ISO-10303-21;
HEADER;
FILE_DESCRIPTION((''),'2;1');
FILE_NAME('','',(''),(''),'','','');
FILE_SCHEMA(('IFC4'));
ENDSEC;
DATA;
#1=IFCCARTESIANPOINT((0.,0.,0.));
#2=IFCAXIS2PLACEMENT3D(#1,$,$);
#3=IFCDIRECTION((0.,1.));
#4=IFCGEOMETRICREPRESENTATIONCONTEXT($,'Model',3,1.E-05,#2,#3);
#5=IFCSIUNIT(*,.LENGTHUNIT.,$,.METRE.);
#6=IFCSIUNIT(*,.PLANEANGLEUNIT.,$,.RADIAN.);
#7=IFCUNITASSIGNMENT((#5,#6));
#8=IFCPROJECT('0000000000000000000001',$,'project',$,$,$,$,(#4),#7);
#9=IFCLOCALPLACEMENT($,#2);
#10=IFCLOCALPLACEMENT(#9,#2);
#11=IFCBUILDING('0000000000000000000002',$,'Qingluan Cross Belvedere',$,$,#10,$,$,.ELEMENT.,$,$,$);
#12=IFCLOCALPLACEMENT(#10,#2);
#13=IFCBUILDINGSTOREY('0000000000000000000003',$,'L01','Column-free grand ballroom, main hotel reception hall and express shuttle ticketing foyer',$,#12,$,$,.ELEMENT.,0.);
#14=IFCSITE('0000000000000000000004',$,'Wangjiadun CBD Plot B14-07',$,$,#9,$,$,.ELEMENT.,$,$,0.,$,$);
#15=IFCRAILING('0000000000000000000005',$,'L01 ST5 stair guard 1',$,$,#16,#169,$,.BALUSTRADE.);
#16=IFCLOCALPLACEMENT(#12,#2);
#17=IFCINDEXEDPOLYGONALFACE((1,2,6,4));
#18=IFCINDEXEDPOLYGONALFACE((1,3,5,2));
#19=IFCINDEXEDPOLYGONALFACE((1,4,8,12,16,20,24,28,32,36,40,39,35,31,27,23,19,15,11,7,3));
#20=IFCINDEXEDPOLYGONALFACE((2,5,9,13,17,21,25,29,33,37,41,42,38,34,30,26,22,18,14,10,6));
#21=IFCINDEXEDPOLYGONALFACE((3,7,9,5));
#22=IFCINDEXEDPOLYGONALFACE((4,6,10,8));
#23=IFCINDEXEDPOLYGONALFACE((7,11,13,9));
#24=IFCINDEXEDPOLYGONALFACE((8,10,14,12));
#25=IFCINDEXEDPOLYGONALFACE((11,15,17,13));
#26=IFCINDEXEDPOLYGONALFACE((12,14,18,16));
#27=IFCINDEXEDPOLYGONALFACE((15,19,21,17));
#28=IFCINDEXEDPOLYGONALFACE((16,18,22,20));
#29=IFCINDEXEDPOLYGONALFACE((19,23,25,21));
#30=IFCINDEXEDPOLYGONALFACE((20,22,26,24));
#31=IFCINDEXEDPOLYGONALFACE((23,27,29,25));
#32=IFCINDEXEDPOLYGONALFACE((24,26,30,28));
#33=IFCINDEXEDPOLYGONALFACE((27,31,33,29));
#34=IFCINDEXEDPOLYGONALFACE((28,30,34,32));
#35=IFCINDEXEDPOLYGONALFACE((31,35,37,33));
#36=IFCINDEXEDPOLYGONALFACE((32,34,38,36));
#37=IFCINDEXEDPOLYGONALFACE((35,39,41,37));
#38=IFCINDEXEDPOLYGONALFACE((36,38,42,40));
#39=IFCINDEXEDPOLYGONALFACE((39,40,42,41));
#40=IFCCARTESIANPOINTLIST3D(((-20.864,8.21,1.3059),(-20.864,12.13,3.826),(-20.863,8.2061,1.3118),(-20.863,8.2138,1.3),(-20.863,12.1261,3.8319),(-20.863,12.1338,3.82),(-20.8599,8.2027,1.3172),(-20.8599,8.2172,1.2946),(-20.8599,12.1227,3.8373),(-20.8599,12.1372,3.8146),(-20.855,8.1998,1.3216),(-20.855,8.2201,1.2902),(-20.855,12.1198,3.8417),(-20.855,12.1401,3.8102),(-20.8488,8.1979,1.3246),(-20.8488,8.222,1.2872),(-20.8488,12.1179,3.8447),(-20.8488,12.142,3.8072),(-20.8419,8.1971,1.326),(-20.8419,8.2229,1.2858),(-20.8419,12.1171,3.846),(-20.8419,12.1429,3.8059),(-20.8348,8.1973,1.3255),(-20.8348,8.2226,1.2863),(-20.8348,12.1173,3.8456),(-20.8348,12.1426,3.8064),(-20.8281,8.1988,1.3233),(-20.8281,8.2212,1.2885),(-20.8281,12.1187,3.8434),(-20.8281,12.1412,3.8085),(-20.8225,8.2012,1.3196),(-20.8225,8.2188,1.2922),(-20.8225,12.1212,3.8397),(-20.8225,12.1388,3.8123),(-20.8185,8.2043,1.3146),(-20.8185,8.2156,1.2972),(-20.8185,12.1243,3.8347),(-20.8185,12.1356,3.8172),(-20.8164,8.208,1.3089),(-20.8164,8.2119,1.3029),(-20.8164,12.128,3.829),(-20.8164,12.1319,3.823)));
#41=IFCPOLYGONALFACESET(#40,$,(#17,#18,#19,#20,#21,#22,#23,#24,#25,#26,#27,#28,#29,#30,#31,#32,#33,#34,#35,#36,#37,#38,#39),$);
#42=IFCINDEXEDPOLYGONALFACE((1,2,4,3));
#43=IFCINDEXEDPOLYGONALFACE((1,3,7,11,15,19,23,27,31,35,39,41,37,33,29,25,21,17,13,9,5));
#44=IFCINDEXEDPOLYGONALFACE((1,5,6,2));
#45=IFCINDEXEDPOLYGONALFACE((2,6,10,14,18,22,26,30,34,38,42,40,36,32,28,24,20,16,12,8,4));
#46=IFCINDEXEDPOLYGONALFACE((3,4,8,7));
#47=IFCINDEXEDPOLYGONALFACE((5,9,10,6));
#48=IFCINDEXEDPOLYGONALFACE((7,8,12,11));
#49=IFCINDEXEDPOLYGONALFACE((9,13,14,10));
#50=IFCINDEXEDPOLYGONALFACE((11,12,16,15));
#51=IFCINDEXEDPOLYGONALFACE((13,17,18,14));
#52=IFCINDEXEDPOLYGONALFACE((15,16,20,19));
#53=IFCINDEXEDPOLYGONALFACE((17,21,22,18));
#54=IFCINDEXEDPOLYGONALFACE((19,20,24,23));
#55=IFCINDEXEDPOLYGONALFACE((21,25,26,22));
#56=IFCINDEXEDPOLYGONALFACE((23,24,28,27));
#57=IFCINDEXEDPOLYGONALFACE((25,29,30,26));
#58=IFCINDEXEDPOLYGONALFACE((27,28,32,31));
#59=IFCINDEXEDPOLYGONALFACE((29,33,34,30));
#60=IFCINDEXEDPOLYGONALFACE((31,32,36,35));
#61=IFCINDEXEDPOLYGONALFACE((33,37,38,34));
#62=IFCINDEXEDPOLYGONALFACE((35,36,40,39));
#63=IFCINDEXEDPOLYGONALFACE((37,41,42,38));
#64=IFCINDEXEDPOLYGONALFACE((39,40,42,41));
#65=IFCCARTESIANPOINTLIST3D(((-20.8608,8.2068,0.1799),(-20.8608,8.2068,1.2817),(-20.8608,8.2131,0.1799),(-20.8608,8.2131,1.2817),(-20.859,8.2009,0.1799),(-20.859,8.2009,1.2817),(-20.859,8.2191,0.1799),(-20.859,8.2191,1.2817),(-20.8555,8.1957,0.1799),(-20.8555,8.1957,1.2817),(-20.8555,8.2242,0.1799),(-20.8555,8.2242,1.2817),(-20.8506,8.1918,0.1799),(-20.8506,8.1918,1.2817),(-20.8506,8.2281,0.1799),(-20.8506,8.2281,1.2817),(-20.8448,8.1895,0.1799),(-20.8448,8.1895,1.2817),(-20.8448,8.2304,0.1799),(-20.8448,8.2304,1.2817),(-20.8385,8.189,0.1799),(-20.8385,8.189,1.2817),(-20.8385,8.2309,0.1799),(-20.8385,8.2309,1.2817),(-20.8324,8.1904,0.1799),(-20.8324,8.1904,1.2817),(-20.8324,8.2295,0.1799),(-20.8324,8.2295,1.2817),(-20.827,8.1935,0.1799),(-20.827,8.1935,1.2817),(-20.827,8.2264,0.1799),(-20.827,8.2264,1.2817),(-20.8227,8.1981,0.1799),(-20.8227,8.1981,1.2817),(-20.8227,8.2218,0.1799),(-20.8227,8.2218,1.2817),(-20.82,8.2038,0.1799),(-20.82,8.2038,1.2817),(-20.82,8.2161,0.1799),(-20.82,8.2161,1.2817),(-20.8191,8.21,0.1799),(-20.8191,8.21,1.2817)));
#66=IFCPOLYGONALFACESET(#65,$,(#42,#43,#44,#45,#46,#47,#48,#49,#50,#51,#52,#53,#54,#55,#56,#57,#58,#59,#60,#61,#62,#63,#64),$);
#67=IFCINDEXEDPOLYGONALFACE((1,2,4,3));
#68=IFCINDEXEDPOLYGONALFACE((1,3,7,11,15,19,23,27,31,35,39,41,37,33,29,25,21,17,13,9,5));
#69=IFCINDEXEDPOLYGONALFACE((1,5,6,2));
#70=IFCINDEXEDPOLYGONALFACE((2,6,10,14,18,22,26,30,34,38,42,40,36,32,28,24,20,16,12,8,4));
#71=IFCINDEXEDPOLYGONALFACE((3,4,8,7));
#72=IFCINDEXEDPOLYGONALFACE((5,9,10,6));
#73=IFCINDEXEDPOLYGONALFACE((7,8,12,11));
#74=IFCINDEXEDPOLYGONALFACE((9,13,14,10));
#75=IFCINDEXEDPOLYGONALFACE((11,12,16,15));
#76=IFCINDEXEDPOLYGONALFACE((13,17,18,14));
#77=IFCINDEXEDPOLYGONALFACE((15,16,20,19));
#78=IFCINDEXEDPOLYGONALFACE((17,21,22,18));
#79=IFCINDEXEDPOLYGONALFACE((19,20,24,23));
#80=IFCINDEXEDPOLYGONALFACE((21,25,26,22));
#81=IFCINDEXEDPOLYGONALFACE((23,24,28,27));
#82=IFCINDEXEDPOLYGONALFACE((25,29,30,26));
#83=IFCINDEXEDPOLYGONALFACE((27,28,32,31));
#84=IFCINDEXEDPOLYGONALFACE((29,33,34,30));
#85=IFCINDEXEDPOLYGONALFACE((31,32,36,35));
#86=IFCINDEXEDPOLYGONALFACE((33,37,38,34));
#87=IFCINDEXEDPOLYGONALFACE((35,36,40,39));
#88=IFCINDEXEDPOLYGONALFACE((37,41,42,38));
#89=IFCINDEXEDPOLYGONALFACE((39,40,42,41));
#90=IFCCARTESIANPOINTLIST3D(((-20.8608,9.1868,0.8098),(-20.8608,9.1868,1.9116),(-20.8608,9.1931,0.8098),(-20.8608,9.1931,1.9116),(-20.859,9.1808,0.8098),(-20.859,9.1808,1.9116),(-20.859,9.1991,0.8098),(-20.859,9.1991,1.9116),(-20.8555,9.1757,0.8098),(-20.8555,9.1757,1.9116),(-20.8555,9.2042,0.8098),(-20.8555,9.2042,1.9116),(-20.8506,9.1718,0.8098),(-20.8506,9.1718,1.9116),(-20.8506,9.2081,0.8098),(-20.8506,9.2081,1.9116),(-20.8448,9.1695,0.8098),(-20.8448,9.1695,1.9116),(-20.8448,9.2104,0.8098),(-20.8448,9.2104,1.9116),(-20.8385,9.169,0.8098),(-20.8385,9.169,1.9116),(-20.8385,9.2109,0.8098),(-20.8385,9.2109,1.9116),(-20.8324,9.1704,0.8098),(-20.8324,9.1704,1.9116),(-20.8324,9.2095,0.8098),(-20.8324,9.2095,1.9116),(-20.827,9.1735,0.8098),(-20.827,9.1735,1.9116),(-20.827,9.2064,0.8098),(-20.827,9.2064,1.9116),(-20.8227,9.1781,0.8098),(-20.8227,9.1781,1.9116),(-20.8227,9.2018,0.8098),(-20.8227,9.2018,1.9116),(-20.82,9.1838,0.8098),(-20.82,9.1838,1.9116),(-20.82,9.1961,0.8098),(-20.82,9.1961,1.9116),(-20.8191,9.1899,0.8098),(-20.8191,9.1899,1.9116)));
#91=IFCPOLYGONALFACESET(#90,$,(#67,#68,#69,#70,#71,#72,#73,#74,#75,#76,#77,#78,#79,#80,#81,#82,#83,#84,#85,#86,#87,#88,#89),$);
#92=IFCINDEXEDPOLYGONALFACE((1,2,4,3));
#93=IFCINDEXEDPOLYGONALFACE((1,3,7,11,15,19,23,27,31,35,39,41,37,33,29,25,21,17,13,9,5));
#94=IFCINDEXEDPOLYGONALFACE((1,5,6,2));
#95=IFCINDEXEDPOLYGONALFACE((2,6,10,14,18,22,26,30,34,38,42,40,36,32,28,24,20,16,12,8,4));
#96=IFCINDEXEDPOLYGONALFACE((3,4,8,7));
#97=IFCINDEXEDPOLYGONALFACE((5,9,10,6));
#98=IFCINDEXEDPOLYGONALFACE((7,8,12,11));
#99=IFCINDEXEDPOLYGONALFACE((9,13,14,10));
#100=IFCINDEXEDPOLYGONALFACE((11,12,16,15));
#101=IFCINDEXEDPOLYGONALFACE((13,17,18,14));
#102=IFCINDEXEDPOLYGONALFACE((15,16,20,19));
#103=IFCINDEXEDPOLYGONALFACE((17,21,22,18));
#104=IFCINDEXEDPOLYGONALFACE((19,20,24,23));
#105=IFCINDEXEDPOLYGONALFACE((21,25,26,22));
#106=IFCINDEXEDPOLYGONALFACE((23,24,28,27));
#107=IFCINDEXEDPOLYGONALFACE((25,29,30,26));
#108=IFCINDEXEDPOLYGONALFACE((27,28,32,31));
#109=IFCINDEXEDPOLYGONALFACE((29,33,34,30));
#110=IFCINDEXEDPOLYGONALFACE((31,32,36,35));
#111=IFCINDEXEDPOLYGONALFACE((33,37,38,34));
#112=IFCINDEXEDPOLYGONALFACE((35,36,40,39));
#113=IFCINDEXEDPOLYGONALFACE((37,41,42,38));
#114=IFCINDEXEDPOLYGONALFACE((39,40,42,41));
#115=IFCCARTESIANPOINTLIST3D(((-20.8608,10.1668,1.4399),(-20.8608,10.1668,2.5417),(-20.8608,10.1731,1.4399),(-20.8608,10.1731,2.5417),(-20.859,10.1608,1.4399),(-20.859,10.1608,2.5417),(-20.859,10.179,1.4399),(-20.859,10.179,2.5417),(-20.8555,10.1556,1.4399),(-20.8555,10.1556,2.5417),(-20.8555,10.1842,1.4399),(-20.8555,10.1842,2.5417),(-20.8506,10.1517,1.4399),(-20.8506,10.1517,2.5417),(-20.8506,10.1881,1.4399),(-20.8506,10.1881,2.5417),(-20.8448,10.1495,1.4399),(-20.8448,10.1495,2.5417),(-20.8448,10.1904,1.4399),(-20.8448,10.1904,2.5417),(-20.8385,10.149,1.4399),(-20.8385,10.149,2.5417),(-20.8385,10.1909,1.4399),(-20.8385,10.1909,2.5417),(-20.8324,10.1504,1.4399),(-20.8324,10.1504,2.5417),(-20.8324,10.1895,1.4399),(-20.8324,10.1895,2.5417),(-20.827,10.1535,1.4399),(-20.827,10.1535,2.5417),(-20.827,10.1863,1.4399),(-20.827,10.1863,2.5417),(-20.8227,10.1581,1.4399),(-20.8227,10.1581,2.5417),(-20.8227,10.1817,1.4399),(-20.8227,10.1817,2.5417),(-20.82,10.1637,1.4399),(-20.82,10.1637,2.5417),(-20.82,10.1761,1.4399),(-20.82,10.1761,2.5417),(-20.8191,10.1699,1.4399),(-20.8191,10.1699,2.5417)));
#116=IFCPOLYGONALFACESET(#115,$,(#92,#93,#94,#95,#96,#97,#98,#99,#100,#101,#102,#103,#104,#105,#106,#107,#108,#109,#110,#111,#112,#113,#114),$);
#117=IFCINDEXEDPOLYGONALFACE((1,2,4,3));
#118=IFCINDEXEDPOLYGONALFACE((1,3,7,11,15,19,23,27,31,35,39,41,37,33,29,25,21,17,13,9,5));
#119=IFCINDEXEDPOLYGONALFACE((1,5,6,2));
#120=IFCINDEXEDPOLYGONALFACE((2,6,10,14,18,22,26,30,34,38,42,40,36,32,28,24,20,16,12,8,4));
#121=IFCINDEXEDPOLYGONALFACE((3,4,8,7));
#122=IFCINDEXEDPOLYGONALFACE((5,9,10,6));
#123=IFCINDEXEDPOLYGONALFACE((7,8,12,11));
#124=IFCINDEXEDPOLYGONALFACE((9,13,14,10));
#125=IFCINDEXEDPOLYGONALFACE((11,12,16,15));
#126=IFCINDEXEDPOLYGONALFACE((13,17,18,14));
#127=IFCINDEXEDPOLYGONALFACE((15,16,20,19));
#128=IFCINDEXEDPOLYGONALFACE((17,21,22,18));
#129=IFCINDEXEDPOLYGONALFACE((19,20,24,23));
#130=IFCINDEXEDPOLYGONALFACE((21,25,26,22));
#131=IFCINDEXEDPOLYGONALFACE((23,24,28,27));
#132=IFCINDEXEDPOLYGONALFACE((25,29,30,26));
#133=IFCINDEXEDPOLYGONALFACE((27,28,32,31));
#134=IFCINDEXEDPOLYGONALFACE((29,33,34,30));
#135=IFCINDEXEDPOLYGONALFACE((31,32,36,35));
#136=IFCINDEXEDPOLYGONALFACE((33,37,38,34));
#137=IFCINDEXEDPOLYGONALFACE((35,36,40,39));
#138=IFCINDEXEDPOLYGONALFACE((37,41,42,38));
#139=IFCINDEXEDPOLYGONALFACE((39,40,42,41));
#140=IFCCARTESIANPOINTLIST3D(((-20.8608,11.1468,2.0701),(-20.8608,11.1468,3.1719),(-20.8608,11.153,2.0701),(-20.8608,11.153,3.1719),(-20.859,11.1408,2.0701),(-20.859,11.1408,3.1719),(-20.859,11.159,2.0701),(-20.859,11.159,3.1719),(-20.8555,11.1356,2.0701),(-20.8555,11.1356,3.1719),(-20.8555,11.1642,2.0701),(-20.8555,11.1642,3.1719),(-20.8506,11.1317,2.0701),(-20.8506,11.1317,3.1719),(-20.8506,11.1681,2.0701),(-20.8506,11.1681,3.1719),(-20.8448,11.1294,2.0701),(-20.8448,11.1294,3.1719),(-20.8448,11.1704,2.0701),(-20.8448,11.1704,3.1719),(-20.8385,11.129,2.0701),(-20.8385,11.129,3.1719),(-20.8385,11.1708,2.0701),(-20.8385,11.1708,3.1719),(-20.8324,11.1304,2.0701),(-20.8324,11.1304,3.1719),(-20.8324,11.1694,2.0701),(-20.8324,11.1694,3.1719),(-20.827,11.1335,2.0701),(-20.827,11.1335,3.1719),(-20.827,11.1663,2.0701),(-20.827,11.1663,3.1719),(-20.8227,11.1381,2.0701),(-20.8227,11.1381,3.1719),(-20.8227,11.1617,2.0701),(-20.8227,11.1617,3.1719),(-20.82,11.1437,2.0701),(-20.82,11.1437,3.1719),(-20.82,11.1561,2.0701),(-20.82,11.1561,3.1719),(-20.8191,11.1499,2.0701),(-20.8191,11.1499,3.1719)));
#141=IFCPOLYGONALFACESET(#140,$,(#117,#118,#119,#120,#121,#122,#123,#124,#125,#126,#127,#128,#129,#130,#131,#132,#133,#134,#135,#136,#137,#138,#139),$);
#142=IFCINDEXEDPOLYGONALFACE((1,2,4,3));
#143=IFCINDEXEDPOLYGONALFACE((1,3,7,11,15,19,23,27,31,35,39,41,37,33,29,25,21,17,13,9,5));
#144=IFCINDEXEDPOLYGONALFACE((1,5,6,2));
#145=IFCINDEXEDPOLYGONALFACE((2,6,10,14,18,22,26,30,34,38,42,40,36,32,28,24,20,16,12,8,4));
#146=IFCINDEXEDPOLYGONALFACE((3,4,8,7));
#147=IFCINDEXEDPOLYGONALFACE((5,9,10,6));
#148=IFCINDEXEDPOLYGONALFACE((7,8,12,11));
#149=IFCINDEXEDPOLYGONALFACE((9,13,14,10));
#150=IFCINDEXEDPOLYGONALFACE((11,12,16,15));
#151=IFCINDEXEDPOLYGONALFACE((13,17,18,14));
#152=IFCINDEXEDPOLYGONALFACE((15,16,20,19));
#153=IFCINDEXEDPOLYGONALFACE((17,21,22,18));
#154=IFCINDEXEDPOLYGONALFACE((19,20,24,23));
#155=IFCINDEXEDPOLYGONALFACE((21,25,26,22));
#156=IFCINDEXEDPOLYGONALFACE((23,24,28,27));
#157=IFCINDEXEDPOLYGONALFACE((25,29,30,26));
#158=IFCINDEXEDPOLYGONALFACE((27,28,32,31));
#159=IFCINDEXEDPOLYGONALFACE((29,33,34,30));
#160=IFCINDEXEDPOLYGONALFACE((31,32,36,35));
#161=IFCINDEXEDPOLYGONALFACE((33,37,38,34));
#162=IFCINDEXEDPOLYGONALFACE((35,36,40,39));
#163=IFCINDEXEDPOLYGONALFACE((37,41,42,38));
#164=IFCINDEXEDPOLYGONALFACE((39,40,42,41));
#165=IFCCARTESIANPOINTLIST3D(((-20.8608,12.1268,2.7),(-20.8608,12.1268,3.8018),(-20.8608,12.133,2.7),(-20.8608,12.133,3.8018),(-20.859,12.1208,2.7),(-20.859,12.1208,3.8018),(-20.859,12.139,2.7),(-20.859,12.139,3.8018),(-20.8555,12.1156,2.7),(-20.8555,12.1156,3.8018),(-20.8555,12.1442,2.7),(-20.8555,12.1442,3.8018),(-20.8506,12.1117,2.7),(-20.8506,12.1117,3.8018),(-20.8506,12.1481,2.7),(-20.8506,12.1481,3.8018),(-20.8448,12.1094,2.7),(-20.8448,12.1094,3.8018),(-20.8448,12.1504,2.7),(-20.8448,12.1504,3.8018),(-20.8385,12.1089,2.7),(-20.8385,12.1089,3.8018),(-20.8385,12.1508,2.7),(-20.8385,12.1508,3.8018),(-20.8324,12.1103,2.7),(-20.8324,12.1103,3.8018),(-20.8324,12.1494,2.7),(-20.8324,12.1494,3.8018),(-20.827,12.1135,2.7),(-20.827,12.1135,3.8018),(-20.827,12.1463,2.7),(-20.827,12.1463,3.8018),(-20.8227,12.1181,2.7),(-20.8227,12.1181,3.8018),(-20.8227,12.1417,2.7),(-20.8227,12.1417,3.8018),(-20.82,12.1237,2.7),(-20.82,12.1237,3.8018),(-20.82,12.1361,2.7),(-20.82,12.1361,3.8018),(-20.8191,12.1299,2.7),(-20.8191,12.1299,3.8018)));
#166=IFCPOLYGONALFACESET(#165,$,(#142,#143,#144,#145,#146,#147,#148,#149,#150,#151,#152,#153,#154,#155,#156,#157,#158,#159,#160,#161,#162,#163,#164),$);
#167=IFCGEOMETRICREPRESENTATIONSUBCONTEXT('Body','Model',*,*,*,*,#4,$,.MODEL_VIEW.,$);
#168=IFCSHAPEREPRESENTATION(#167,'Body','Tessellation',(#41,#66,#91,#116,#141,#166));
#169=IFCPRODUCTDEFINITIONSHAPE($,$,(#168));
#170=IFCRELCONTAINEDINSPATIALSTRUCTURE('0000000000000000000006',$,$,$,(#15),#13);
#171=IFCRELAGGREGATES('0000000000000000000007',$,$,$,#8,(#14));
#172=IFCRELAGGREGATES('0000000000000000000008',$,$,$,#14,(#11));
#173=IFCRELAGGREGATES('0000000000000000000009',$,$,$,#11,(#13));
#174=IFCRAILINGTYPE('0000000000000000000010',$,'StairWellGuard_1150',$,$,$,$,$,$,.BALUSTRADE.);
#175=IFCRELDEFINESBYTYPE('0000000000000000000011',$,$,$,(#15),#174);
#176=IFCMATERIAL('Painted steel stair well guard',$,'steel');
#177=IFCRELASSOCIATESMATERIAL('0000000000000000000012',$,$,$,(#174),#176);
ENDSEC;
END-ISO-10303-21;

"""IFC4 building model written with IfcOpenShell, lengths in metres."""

from ifc_helpers import new_model, si_unit, direction, frame, origin, origin_2d, place, context, subcontext, project, spatial, circle, extrude, material, type_object, element, save


model = new_model("IFC4")

# Units and contexts
model_context = context("Model", 3, precision=1e-05, world=origin(), true_north=direction((0.0, 1.0)))
body_context = subcontext(model_context, "Body", "Model", "MODEL_VIEW")
ifc_project = project(units=[si_unit("LENGTHUNIT", "METRE"), si_unit("PLANEANGLEUNIT", "RADIAN")], contexts=[model_context])

# Site, building, storey
site_placement = place(None, origin())
site = spatial("IfcSite", under=ifc_project, at=site_placement, Name="Wangjiadun CBD Plot B14-07", CompositionType="ELEMENT", RefElevation=0.0)
building_placement = place(site_placement, origin())
building = spatial("IfcBuilding", under=site, at=building_placement, Name="Qingluan Cross Belvedere", CompositionType="ELEMENT")
storey_placement = place(building_placement, origin())
storey = spatial("IfcBuildingStorey", under=building, at=storey_placement, Name="L01", Description="Column-free grand ballroom, main hotel reception hall and express shuttle ticketing foyer", CompositionType="ELEMENT", Elevation=0.0)

# Railing
ifc_material_1 = material(Name="Painted steel stair well guard", Category="steel")
railing_type_1 = type_object("IfcRailingType", Name="StairWellGuard_1150", PredefinedType="BALUSTRADE", material=ifc_material_1)
railing_1_placement = place(storey_placement, frame((-20.8401, 8.21, 0.1799)))
element("IfcRailing", 1, at=railing_1_placement, inside=storey, type_object=railing_type_1, Name="L01 ST5 stair guard 1", PredefinedType="BALUSTRADE", context=body_context, shape_type="SweptSolid", body=[
    extrude(circle(Radius=0.0239, at=origin_2d()), frame((0.0, 0.0, 1.126), z_axis=(0.0, 0.841172, 0.540768), x_axis=(-1.0, 0.0, 0.0)), (0.0, 0.0, 1.0), 4.6602),
    extrude(circle(Radius=0.021, at=origin_2d()), origin(), (0.0, 0.0, 1.0), 1.1018),
    extrude(circle(Radius=0.021, at=origin_2d()), frame((0.0, 0.98, 0.6299)), (0.0, 0.0, 1.0), 1.1018),
    extrude(circle(Radius=0.021, at=origin_2d()), frame((0.0, 1.96, 1.26)), (0.0, 0.0, 1.0), 1.1018),
    extrude(circle(Radius=0.021, at=origin_2d()), frame((0.0, 2.9399, 1.8901)), (0.0, 0.0, 1.0), 1.1018),
    extrude(circle(Radius=0.021, at=origin_2d()), frame((0.0, 3.9199, 2.52)), (0.0, 0.0, 1.0), 1.1018),
])

save(model, "model.ifc")
